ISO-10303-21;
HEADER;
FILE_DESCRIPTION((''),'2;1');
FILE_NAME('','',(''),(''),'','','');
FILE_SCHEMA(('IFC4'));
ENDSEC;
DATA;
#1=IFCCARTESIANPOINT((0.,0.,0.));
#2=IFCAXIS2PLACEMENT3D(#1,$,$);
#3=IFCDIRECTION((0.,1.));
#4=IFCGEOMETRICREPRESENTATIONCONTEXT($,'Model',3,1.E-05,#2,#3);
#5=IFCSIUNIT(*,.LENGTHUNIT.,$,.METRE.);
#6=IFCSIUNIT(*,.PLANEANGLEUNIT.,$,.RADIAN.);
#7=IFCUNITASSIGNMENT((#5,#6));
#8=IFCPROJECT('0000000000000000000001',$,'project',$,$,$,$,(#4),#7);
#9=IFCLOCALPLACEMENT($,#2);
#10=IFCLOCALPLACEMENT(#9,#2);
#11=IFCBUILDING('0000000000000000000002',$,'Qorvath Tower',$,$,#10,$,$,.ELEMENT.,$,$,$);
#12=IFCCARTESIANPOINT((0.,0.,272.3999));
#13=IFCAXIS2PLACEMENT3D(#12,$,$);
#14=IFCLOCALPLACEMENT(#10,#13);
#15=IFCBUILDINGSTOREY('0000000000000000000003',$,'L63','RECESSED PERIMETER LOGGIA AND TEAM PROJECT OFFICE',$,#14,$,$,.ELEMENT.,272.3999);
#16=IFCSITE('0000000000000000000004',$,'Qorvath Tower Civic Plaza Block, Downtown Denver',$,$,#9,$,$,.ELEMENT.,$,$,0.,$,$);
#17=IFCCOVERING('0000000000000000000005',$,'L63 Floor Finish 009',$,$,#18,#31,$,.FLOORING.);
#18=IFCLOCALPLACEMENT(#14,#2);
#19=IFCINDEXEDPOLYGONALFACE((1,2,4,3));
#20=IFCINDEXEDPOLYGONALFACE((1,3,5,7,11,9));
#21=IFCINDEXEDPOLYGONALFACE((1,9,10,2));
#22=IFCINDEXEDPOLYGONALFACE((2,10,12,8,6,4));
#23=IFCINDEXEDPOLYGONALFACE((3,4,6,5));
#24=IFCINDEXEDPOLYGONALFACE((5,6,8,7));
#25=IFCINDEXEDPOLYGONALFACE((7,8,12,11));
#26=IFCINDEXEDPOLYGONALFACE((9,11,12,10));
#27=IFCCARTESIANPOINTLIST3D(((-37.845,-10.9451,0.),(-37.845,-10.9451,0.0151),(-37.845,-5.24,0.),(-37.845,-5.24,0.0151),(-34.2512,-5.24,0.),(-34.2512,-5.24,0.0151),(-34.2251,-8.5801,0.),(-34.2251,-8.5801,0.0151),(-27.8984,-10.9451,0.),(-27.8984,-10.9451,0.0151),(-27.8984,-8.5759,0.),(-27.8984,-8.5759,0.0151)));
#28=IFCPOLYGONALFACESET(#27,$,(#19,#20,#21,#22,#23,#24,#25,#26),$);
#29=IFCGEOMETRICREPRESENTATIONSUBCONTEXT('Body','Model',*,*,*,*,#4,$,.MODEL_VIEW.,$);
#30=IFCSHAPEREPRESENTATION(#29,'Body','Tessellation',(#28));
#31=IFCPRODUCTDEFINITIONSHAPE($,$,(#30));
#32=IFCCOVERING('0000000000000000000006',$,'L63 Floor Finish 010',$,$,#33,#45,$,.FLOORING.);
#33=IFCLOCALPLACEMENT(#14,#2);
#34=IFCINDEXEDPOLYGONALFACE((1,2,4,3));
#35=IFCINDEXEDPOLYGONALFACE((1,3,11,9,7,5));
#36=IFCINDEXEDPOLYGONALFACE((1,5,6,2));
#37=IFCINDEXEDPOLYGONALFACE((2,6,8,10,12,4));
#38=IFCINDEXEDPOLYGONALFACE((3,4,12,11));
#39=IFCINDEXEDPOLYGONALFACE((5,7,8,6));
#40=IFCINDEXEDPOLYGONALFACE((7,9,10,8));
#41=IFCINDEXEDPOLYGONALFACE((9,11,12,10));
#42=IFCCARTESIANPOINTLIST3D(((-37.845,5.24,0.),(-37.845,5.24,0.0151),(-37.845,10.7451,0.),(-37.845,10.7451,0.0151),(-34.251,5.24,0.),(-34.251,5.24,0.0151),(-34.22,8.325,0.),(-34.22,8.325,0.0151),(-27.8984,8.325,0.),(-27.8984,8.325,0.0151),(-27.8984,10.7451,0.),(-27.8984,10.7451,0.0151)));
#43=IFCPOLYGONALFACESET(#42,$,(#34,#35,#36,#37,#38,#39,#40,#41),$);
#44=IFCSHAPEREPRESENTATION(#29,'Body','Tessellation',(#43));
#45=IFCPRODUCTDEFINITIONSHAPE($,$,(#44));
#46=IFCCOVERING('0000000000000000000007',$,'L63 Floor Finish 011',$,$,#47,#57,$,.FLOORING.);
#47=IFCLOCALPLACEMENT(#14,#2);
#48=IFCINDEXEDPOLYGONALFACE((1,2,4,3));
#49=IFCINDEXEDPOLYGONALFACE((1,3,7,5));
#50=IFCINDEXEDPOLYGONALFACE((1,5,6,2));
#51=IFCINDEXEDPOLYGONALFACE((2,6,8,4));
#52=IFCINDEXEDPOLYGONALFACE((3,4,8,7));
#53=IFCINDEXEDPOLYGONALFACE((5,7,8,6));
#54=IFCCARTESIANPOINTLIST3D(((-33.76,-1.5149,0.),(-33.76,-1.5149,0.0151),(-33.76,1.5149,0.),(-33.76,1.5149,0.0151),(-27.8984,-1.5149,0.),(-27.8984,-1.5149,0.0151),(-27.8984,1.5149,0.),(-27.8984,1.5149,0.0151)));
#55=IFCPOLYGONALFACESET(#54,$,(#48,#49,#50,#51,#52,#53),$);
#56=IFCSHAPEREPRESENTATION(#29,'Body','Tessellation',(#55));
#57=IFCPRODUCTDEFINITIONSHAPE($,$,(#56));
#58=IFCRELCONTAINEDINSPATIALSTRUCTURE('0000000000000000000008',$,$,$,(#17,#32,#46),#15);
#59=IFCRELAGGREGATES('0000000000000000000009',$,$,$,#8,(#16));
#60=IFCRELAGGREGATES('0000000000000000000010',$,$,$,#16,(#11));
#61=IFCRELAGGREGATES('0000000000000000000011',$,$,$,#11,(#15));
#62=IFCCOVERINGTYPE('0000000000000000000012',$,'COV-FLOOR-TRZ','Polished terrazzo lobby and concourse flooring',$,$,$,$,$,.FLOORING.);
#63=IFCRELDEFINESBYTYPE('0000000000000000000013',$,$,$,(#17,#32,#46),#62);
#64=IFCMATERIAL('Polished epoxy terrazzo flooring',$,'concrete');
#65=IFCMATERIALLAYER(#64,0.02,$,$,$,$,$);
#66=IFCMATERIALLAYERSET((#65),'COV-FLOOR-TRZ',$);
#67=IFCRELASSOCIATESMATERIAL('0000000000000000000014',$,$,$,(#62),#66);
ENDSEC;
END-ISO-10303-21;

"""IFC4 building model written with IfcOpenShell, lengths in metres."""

from ifc_helpers import new_model, si_unit, direction, frame, origin, place, context, subcontext, project, spatial, polyline, outline, extrude, material, layer, layer_set, type_object, element, save


model = new_model("IFC4")

# Units and contexts
model_context = context("Model", 3, precision=1e-05, world=origin(), true_north=direction((0.0, 1.0)))
body_context = subcontext(model_context, "Body", "Model", "MODEL_VIEW")
ifc_project = project(units=[si_unit("LENGTHUNIT", "METRE"), si_unit("PLANEANGLEUNIT", "RADIAN")], contexts=[model_context])

# Site, building, storey
site_placement = place(None, origin())
site = spatial("IfcSite", under=ifc_project, at=site_placement, Name="Qorvath Tower Civic Plaza Block, Downtown Denver", CompositionType="ELEMENT", RefElevation=0.0)
building_placement = place(site_placement, origin())
building = spatial("IfcBuilding", under=site, at=building_placement, Name="Qorvath Tower", CompositionType="ELEMENT")
storey_placement = place(building_placement, frame((0.0, 0.0, 272.3999)))
storey = spatial("IfcBuildingStorey", under=building, at=storey_placement, Name="L63", Description="RECESSED PERIMETER LOGGIA AND TEAM PROJECT OFFICE", CompositionType="ELEMENT", Elevation=272.3999)

# Coverings
ifc_material_1 = material(Name="Polished epoxy terrazzo flooring", Category="concrete")
ifc_layer_1 = layer(ifc_material_1, 0.02)
ifc_layer_set_1 = layer_set([ifc_layer_1], Name="COV-FLOOR-TRZ")
covering_type_1 = type_object("IfcCoveringType", Name="COV-FLOOR-TRZ", Description="Polished terrazzo lobby and concourse flooring", PredefinedType="FLOORING", material=ifc_layer_set_1)
covering_1_placement = place(storey_placement, origin())
element("IfcCovering", 1, at=covering_1_placement, inside=storey, type_object=covering_type_1, Name="L63 Floor Finish 009", PredefinedType="FLOORING", context=body_context, shape_type="SweptSolid", body=[
    extrude(outline(polyline([(-34.2251, -8.5801), (-34.2512, -5.24), (-37.845, -5.24), (-37.845, -10.9451), (-27.8984, -10.9451), (-27.8984, -8.5759), (-34.2251, -8.5801)])), origin(), (0.0, 0.0, 1.0), 0.0151),
])
covering_2_placement = place(storey_placement, origin())
element("IfcCovering", 2, at=covering_2_placement, inside=storey, type_object=covering_type_1, Name="L63 Floor Finish 010", PredefinedType="FLOORING", context=body_context, shape_type="SweptSolid", body=[
    extrude(outline(polyline([(-27.8984, 8.325), (-27.8984, 10.7451), (-37.845, 10.7451), (-37.845, 5.24), (-34.251, 5.24), (-34.22, 8.325), (-27.8984, 8.325)])), origin(), (0.0, 0.0, 1.0), 0.0151),
])
covering_3_placement = place(storey_placement, origin())
element("IfcCovering", 3, at=covering_3_placement, inside=storey, type_object=covering_type_1, Name="L63 Floor Finish 011", PredefinedType="FLOORING", context=body_context, shape_type="SweptSolid", body=[
    extrude(outline(polyline([(-27.8984, -1.5149), (-27.8984, 1.5149), (-33.76, 1.5149), (-33.76, -1.5149), (-27.8984, -1.5149)])), origin(), (0.0, 0.0, 1.0), 0.0151),
])

save(model, "model.ifc")
